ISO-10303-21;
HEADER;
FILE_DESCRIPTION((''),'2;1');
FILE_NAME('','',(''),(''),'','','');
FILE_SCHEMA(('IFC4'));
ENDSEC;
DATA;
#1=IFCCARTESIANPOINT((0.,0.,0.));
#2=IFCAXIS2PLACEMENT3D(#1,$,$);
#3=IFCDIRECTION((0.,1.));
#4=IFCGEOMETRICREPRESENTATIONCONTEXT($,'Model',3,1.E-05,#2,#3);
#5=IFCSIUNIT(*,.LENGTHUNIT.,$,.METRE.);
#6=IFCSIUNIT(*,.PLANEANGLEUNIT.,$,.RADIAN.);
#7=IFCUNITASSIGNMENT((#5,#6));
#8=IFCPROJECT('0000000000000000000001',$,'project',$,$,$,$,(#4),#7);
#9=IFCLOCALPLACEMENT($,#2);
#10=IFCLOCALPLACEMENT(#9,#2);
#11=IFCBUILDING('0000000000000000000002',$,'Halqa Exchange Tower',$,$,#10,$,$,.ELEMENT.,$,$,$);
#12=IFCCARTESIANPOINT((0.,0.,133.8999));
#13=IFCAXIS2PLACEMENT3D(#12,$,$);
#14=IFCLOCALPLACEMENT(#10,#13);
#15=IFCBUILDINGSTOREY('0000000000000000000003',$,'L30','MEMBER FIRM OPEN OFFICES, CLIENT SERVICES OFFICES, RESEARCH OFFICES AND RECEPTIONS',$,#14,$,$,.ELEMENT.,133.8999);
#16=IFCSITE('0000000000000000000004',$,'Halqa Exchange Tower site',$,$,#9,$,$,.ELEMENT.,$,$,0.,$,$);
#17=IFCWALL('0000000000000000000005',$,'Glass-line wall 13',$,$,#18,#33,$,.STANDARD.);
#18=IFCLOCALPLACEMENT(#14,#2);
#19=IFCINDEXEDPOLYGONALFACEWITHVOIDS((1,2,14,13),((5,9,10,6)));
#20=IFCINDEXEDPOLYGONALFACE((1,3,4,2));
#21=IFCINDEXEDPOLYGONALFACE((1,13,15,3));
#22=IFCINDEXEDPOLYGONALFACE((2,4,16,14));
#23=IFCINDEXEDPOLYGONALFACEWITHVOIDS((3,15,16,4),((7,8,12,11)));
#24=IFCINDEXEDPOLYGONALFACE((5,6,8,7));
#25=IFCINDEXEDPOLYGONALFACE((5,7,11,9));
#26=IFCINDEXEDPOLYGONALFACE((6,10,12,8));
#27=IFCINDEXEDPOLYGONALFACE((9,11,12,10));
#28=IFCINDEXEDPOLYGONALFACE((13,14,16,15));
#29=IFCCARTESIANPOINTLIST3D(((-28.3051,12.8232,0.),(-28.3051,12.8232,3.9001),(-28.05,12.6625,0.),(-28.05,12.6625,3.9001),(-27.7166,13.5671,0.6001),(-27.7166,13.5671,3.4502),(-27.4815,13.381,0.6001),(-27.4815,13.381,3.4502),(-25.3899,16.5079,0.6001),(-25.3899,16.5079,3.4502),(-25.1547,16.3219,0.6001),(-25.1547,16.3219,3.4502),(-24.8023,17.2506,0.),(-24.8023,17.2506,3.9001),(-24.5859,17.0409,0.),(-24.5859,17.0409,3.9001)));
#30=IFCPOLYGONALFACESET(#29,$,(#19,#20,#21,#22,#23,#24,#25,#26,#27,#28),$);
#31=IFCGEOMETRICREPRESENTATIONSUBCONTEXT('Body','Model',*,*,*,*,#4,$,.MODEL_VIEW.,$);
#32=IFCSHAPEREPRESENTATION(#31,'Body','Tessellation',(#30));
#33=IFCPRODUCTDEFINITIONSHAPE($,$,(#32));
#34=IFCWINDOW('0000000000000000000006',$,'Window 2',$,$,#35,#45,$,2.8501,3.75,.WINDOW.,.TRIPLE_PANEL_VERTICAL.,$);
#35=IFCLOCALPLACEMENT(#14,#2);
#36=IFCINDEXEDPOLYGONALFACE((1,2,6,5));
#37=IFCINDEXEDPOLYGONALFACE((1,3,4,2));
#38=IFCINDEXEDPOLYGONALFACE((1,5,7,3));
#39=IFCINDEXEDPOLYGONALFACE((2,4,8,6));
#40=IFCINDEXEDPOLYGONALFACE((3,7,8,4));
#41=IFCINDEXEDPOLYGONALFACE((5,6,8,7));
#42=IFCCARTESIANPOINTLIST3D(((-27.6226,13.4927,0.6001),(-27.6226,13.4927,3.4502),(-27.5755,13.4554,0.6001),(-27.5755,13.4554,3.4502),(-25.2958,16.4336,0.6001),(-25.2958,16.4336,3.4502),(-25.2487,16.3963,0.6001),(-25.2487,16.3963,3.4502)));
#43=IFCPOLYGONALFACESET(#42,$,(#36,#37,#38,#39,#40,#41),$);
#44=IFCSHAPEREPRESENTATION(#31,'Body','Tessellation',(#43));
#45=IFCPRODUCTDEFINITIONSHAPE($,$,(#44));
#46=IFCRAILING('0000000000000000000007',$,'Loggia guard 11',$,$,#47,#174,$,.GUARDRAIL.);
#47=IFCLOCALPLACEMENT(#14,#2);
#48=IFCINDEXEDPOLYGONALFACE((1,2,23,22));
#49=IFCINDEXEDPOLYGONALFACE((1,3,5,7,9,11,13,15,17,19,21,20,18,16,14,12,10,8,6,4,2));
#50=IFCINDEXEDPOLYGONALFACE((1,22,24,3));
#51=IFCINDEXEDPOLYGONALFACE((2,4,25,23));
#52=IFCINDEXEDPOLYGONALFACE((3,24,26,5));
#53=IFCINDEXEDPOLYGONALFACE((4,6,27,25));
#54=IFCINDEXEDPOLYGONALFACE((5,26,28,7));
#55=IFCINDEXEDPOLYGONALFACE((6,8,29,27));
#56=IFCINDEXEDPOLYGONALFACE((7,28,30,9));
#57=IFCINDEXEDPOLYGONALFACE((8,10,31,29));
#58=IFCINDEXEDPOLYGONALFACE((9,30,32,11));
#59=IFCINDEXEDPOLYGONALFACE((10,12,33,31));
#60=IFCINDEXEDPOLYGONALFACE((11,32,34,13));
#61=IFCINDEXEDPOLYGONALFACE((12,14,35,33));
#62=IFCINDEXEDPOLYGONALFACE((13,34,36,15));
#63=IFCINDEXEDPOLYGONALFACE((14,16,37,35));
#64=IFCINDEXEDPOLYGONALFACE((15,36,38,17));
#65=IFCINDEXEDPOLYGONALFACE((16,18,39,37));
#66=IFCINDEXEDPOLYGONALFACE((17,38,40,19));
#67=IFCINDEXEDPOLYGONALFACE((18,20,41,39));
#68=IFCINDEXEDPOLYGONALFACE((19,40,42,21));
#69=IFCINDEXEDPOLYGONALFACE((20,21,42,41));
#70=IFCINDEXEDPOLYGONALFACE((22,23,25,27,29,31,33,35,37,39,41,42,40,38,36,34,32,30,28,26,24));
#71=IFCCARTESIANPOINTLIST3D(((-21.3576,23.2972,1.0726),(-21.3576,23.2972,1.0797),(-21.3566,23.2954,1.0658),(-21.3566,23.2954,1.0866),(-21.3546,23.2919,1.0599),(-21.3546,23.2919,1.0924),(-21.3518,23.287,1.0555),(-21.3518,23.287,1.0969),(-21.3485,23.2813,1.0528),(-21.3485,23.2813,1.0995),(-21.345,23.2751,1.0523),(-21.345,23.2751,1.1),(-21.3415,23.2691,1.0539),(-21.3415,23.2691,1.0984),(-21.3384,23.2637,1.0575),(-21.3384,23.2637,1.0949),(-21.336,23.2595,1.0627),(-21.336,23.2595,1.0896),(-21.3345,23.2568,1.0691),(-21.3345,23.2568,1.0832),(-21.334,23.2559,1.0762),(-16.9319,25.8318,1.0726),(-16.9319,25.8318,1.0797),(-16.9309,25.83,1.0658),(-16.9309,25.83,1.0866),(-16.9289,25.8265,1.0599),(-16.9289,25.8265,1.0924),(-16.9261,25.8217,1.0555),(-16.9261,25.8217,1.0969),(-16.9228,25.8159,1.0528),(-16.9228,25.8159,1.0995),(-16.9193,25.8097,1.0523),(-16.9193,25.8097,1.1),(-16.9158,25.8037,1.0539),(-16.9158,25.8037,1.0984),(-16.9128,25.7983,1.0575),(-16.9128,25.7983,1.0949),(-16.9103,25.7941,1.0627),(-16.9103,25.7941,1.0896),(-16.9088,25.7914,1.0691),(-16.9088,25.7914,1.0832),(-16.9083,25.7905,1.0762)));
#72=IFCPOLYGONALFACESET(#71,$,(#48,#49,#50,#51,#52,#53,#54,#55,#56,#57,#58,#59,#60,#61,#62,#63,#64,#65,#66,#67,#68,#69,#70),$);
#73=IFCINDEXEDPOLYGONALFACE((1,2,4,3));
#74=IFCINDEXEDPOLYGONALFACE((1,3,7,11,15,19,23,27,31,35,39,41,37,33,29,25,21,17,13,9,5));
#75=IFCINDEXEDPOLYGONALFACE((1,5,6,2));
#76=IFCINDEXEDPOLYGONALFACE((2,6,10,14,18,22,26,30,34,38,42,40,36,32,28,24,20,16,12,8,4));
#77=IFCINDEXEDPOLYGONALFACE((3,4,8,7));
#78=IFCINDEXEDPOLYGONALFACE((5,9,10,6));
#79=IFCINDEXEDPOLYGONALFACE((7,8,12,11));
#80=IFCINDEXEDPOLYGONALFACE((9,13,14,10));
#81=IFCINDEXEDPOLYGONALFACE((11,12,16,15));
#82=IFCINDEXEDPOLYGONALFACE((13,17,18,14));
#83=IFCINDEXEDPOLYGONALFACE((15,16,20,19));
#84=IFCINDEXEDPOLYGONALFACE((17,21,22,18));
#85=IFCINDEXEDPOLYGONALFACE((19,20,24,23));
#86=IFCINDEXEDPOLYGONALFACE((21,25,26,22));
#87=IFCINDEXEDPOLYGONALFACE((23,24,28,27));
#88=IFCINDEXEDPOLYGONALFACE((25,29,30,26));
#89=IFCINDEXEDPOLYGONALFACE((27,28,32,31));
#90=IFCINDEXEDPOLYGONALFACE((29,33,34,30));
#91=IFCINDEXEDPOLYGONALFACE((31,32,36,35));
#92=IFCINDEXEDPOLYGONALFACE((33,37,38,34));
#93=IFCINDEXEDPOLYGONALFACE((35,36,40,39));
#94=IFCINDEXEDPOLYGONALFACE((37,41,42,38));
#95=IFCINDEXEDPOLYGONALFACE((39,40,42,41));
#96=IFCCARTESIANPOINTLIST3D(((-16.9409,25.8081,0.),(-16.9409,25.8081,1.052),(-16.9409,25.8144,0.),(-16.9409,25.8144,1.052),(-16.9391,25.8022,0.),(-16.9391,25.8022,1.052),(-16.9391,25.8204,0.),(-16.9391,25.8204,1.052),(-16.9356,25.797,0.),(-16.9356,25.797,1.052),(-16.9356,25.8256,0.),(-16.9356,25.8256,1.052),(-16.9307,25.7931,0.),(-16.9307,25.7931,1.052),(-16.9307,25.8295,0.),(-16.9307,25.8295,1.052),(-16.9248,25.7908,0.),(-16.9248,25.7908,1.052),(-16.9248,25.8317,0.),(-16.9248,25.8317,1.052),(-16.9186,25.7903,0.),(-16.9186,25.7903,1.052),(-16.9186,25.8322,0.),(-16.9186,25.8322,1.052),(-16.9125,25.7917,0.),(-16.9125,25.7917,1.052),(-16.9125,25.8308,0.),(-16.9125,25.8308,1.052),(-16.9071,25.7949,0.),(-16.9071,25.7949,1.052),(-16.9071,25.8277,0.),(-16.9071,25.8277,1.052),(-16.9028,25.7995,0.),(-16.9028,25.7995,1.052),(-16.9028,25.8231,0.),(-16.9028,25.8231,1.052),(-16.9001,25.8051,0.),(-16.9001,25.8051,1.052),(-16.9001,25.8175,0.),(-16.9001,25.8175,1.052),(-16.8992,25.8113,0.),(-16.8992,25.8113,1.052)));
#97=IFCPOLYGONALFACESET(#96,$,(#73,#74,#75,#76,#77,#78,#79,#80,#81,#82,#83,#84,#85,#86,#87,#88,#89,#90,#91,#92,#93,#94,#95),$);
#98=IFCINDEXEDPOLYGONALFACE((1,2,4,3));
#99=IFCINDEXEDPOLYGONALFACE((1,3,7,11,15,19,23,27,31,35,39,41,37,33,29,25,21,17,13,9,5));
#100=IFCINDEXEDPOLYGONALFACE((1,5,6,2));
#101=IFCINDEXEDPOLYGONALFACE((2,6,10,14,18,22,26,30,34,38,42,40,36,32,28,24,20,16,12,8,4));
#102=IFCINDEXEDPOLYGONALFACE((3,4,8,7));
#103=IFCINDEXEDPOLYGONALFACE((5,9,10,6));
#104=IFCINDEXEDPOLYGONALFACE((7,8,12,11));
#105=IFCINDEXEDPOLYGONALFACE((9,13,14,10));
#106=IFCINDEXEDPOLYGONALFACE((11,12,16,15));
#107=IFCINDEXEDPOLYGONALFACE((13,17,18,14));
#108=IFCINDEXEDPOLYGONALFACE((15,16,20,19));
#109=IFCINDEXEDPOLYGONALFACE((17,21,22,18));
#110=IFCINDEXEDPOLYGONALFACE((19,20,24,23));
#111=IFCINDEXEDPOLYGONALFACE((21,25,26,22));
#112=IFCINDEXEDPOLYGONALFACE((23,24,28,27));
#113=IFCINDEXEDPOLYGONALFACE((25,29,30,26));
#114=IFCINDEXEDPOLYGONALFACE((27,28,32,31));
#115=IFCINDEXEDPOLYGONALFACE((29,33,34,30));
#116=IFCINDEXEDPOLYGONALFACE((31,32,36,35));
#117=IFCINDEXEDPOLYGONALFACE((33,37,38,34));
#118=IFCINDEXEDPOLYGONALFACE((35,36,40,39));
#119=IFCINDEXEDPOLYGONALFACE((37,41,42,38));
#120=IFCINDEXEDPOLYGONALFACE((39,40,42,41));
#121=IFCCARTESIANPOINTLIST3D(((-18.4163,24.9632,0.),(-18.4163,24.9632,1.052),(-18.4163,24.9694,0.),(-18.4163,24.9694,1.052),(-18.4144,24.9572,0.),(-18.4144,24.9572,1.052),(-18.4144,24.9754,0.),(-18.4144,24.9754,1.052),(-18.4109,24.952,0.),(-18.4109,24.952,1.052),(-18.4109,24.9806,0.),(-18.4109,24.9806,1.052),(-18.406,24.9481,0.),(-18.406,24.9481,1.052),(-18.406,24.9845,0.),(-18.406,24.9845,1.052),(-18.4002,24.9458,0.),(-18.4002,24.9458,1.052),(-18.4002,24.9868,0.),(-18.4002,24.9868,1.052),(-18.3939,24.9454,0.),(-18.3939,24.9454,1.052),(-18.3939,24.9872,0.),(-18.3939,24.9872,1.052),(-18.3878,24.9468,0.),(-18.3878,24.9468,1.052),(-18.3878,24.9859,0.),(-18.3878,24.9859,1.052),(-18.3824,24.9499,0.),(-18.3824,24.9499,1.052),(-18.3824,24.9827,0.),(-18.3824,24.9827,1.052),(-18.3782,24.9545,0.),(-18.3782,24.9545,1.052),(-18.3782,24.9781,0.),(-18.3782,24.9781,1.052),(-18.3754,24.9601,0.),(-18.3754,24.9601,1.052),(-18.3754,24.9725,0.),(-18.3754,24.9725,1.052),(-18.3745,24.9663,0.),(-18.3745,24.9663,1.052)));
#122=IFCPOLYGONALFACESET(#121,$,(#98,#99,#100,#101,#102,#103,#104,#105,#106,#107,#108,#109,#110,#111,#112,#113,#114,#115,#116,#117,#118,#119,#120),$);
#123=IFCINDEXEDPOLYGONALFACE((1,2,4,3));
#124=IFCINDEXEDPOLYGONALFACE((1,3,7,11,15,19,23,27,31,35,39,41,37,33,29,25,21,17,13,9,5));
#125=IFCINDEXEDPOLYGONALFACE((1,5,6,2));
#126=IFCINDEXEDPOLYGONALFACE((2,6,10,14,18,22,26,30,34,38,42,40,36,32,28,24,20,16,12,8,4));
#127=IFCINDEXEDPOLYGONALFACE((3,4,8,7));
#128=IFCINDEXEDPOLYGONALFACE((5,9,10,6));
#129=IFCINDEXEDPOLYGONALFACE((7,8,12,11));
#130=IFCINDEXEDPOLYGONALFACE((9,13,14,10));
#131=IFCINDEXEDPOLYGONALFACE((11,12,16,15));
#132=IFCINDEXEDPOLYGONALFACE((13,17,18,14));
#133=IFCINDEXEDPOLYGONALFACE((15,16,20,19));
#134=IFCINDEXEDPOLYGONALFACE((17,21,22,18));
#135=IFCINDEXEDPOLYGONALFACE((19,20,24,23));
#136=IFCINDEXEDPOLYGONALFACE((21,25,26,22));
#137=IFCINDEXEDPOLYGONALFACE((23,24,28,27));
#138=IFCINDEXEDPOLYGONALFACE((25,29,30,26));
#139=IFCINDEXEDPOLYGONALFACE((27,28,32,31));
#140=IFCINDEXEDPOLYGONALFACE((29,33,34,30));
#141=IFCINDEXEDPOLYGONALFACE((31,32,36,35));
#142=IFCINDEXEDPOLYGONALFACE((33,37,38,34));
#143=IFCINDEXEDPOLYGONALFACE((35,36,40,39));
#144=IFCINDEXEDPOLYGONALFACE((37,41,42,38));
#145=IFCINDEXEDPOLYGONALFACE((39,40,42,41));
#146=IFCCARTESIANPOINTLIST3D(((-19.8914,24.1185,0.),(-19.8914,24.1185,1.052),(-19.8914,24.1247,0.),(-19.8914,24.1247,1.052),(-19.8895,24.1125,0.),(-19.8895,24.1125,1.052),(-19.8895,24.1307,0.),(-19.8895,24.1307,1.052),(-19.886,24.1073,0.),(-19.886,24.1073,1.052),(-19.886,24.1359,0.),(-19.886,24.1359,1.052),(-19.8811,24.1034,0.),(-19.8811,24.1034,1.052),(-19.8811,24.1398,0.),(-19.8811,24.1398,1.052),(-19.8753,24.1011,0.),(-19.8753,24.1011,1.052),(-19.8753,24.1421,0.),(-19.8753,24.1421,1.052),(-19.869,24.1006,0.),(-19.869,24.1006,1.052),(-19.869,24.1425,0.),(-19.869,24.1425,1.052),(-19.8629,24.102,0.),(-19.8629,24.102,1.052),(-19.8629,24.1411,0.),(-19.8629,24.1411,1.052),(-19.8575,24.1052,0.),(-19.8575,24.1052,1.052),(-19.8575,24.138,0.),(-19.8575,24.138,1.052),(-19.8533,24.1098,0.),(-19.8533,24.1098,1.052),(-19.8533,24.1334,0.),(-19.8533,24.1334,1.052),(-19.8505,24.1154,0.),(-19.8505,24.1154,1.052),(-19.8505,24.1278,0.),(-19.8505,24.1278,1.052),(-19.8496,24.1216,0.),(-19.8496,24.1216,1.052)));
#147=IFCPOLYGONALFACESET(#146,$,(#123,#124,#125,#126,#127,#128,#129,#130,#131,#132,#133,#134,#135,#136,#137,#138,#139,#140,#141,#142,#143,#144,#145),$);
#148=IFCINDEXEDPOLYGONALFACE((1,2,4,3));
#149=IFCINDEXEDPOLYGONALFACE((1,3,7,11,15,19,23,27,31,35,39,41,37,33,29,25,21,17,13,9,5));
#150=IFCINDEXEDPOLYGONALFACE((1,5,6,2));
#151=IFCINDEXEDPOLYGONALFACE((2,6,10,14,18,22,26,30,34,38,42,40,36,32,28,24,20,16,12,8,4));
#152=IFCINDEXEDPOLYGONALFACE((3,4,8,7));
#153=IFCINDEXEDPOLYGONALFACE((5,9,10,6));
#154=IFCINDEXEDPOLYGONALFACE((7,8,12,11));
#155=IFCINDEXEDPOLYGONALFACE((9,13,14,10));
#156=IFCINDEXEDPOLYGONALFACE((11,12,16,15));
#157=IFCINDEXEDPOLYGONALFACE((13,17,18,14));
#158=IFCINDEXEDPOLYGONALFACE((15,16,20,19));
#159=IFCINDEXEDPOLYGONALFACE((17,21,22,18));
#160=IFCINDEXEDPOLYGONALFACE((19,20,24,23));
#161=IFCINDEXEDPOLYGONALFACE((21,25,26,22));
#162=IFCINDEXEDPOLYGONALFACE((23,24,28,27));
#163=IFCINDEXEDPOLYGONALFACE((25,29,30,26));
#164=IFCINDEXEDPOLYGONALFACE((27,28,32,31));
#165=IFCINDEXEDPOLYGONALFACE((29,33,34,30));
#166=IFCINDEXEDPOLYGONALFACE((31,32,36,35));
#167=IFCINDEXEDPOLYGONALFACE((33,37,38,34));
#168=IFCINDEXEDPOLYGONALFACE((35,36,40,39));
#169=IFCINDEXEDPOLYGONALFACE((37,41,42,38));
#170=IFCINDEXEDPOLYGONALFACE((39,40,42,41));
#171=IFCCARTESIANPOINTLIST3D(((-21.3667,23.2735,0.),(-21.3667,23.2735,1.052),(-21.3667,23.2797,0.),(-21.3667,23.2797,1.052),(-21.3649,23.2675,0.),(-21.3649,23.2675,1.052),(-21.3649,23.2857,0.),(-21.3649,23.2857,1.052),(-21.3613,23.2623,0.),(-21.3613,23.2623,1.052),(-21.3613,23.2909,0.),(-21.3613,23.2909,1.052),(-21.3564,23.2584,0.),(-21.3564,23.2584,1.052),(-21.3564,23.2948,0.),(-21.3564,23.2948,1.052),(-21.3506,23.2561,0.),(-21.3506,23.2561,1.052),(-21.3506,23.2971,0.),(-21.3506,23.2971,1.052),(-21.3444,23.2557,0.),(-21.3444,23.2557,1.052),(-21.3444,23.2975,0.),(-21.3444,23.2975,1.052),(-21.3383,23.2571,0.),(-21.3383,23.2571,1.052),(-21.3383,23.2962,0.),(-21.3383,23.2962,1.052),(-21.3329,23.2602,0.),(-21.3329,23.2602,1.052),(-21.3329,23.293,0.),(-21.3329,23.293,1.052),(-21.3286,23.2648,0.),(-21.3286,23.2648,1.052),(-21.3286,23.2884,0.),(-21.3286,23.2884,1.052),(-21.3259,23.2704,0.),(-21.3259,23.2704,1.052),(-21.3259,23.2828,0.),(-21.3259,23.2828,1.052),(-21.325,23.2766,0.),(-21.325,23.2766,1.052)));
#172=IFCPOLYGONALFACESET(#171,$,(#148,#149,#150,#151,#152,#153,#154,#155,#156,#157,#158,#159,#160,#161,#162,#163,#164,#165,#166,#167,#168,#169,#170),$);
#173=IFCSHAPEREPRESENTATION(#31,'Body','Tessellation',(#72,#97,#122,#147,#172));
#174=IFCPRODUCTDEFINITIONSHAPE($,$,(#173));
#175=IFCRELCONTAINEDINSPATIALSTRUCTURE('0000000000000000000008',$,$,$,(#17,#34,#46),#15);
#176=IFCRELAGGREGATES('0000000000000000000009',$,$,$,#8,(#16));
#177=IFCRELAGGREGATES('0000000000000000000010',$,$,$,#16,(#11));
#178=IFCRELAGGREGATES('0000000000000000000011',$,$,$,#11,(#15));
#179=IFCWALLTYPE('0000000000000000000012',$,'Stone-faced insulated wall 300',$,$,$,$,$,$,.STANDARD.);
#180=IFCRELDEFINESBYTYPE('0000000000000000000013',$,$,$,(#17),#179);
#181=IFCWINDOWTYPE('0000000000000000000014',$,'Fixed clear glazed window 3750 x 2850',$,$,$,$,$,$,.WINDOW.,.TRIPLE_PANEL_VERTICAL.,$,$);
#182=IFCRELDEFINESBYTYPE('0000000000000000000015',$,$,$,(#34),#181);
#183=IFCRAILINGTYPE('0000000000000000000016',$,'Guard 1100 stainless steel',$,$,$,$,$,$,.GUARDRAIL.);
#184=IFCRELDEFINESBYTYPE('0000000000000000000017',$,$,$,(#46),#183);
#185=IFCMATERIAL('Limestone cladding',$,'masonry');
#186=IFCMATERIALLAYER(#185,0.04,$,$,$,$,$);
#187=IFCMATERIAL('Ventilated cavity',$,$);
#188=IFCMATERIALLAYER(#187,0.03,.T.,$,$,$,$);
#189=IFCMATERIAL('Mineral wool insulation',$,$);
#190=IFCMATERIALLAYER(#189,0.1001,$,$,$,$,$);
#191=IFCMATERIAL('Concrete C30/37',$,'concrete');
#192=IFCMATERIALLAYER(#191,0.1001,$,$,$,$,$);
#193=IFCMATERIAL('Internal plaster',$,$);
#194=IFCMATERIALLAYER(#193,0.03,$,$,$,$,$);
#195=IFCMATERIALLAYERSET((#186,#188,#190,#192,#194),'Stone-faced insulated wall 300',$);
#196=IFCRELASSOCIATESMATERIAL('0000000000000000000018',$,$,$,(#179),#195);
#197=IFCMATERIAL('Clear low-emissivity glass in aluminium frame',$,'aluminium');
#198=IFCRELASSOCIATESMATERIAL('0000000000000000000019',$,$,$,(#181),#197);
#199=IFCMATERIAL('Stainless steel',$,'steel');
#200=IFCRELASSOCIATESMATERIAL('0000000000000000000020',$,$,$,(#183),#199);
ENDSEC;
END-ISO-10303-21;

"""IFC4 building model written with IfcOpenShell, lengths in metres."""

from ifc_helpers import new_model, si_unit, direction, frame, frame_2d, origin, origin_2d, place, context, subcontext, project, spatial, polyline, rectangle, circle, outline, extrude, material, layer, layer_set, type_object, element, fill, save


model = new_model("IFC4")

# Units and contexts
model_context = context("Model", 3, precision=1e-05, world=origin(), true_north=direction((0.0, 1.0)))
body_context = subcontext(model_context, "Body", "Model", "MODEL_VIEW")
ifc_project = project(units=[si_unit("LENGTHUNIT", "METRE"), si_unit("PLANEANGLEUNIT", "RADIAN")], contexts=[model_context])

# Site, building, storey
site_placement = place(None, origin())
site = spatial("IfcSite", under=ifc_project, at=site_placement, Name="Halqa Exchange Tower site", CompositionType="ELEMENT", RefElevation=0.0)
building_placement = place(site_placement, origin())
building = spatial("IfcBuilding", under=site, at=building_placement, Name="Halqa Exchange Tower", CompositionType="ELEMENT")
storey_placement = place(building_placement, frame((0.0, 0.0, 133.8999)))
storey = spatial("IfcBuildingStorey", under=building, at=storey_placement, Name="L30", Description="MEMBER FIRM OPEN OFFICES, CLIENT SERVICES OFFICES, RESEARCH OFFICES AND RECEPTIONS", CompositionType="ELEMENT", Elevation=133.8999)

# Shared definitions
ifc_material_1 = material(Name="Limestone cladding", Category="masonry")
ifc_layer_1 = layer(ifc_material_1, 0.04)
ifc_material_2 = material(Name="Ventilated cavity")
ifc_layer_2 = layer(ifc_material_2, 0.03, ventilated=True)
ifc_material_3 = material(Name="Mineral wool insulation")
ifc_layer_3 = layer(ifc_material_3, 0.1001)
ifc_material_4 = material(Name="Concrete C30/37", Category="concrete")
ifc_layer_4 = layer(ifc_material_4, 0.1001)
ifc_material_5 = material(Name="Internal plaster")
ifc_layer_5 = layer(ifc_material_5, 0.03)
ifc_layer_set_1 = layer_set([ifc_layer_1, ifc_layer_2, ifc_layer_3, ifc_layer_4, ifc_layer_5], Name="Stone-faced insulated wall 300")
wall_type_1 = type_object("IfcWallType", Name="Stone-faced insulated wall 300", PredefinedType="STANDARD", material=ifc_layer_set_1)
ifc_material_6 = material(Name="Clear low-emissivity glass in aluminium frame", Category="aluminium")
window_type = type_object("IfcWindowType", Name="Fixed clear glazed window 3750 x 2850", PartitioningType="TRIPLE_PANEL_VERTICAL", PredefinedType="WINDOW", material=ifc_material_6)

# Wall, opening, window
wall_1_placement = place(storey_placement, frame((-24.6941, 17.1458, 0.0), z_axis=(0.0, 0.0, 1.0), x_axis=(-0.620465, -0.784234, 0.0)))
wall_1 = element("IfcWall", 1, at=wall_1_placement, inside=storey, type_object=wall_type_1, Name="Glass-line wall 13", PredefinedType="STANDARD", context=body_context, shape_type="SweptSolid", body=[
    extrude(outline(polyline([(-0.0151, -0.1499), (5.6304, -0.1499), (5.5981, 0.1499), (0.0151, 0.1499), (-0.0151, -0.1499)])), origin(), (0.0, 0.0, 1.0), 3.9001),
])
opening_1_placement = place(wall_1_placement, frame((0.9319, 0.0, 0.6001)))
opening_1 = element("IfcOpeningElement", 2, at=opening_1_placement, cuts=wall_1, PredefinedType="OPENING", context=body_context, shape_type="SweptSolid", body=[
    extrude(rectangle(XDim=3.75, YDim=2.8501, at=frame_2d((1.875, 1.425))), frame((0.0, 0.1621, 0.0), z_axis=(0.0, -1.0, 0.0), x_axis=(1.0, 0.0, 0.0)), (0.0, 0.0, 1.0), 0.324),
])
window_1_placement = place(opening_1_placement, origin())
window_1 = element("IfcWindow", 3, at=window_1_placement, inside=storey, type_object=window_type, Name="Window 2", OverallHeight=2.8501, OverallWidth=3.75, PartitioningType="TRIPLE_PANEL_VERTICAL", PredefinedType="WINDOW", context=body_context, shape_type="SweptSolid", body=[
    extrude(rectangle(XDim=3.75, YDim=2.8501, at=frame_2d((1.875, 1.425))), frame((0.0, 0.03, 0.0), z_axis=(0.0, -1.0, 0.0), x_axis=(1.0, 0.0, 0.0)), (0.0, 0.0, 1.0), 0.0601),
])
fill(opening_1, window_1)

# Railing
ifc_material_7 = material(Name="Stainless steel", Category="steel")
railing_type = type_object("IfcRailingType", Name="Guard 1100 stainless steel", PredefinedType="GUARDRAIL", material=ifc_material_7)
railing_1_placement = place(storey_placement, frame((-16.9202, 25.8113, 0.0)))
element("IfcRailing", 4, at=railing_1_placement, inside=storey, type_object=railing_type, Name="Loggia guard 11", PredefinedType="GUARDRAIL", context=body_context, shape_type="SweptSolid", body=[
    extrude(circle(Radius=0.0239, at=origin_2d()), frame((0.0, 0.0, 1.0762), z_axis=(-0.867766, -0.496974, 0.0), x_axis=(0.496974, -0.867766, 0.0)), (0.0, 0.0, 1.0), 5.1001),
    extrude(circle(Radius=0.021, at=origin_2d()), origin(), (0.0, 0.0, 1.0), 1.052),
    extrude(circle(Radius=0.021, at=origin_2d()), frame((-1.4753, -0.845, 0.0)), (0.0, 0.0, 1.0), 1.052),
    extrude(circle(Radius=0.021, at=origin_2d()), frame((-2.9504, -1.6897, 0.0)), (0.0, 0.0, 1.0), 1.052),
    extrude(circle(Radius=0.021, at=origin_2d()), frame((-4.4258, -2.5347, 0.0)), (0.0, 0.0, 1.0), 1.052),
])

save(model, "model.ifc")
